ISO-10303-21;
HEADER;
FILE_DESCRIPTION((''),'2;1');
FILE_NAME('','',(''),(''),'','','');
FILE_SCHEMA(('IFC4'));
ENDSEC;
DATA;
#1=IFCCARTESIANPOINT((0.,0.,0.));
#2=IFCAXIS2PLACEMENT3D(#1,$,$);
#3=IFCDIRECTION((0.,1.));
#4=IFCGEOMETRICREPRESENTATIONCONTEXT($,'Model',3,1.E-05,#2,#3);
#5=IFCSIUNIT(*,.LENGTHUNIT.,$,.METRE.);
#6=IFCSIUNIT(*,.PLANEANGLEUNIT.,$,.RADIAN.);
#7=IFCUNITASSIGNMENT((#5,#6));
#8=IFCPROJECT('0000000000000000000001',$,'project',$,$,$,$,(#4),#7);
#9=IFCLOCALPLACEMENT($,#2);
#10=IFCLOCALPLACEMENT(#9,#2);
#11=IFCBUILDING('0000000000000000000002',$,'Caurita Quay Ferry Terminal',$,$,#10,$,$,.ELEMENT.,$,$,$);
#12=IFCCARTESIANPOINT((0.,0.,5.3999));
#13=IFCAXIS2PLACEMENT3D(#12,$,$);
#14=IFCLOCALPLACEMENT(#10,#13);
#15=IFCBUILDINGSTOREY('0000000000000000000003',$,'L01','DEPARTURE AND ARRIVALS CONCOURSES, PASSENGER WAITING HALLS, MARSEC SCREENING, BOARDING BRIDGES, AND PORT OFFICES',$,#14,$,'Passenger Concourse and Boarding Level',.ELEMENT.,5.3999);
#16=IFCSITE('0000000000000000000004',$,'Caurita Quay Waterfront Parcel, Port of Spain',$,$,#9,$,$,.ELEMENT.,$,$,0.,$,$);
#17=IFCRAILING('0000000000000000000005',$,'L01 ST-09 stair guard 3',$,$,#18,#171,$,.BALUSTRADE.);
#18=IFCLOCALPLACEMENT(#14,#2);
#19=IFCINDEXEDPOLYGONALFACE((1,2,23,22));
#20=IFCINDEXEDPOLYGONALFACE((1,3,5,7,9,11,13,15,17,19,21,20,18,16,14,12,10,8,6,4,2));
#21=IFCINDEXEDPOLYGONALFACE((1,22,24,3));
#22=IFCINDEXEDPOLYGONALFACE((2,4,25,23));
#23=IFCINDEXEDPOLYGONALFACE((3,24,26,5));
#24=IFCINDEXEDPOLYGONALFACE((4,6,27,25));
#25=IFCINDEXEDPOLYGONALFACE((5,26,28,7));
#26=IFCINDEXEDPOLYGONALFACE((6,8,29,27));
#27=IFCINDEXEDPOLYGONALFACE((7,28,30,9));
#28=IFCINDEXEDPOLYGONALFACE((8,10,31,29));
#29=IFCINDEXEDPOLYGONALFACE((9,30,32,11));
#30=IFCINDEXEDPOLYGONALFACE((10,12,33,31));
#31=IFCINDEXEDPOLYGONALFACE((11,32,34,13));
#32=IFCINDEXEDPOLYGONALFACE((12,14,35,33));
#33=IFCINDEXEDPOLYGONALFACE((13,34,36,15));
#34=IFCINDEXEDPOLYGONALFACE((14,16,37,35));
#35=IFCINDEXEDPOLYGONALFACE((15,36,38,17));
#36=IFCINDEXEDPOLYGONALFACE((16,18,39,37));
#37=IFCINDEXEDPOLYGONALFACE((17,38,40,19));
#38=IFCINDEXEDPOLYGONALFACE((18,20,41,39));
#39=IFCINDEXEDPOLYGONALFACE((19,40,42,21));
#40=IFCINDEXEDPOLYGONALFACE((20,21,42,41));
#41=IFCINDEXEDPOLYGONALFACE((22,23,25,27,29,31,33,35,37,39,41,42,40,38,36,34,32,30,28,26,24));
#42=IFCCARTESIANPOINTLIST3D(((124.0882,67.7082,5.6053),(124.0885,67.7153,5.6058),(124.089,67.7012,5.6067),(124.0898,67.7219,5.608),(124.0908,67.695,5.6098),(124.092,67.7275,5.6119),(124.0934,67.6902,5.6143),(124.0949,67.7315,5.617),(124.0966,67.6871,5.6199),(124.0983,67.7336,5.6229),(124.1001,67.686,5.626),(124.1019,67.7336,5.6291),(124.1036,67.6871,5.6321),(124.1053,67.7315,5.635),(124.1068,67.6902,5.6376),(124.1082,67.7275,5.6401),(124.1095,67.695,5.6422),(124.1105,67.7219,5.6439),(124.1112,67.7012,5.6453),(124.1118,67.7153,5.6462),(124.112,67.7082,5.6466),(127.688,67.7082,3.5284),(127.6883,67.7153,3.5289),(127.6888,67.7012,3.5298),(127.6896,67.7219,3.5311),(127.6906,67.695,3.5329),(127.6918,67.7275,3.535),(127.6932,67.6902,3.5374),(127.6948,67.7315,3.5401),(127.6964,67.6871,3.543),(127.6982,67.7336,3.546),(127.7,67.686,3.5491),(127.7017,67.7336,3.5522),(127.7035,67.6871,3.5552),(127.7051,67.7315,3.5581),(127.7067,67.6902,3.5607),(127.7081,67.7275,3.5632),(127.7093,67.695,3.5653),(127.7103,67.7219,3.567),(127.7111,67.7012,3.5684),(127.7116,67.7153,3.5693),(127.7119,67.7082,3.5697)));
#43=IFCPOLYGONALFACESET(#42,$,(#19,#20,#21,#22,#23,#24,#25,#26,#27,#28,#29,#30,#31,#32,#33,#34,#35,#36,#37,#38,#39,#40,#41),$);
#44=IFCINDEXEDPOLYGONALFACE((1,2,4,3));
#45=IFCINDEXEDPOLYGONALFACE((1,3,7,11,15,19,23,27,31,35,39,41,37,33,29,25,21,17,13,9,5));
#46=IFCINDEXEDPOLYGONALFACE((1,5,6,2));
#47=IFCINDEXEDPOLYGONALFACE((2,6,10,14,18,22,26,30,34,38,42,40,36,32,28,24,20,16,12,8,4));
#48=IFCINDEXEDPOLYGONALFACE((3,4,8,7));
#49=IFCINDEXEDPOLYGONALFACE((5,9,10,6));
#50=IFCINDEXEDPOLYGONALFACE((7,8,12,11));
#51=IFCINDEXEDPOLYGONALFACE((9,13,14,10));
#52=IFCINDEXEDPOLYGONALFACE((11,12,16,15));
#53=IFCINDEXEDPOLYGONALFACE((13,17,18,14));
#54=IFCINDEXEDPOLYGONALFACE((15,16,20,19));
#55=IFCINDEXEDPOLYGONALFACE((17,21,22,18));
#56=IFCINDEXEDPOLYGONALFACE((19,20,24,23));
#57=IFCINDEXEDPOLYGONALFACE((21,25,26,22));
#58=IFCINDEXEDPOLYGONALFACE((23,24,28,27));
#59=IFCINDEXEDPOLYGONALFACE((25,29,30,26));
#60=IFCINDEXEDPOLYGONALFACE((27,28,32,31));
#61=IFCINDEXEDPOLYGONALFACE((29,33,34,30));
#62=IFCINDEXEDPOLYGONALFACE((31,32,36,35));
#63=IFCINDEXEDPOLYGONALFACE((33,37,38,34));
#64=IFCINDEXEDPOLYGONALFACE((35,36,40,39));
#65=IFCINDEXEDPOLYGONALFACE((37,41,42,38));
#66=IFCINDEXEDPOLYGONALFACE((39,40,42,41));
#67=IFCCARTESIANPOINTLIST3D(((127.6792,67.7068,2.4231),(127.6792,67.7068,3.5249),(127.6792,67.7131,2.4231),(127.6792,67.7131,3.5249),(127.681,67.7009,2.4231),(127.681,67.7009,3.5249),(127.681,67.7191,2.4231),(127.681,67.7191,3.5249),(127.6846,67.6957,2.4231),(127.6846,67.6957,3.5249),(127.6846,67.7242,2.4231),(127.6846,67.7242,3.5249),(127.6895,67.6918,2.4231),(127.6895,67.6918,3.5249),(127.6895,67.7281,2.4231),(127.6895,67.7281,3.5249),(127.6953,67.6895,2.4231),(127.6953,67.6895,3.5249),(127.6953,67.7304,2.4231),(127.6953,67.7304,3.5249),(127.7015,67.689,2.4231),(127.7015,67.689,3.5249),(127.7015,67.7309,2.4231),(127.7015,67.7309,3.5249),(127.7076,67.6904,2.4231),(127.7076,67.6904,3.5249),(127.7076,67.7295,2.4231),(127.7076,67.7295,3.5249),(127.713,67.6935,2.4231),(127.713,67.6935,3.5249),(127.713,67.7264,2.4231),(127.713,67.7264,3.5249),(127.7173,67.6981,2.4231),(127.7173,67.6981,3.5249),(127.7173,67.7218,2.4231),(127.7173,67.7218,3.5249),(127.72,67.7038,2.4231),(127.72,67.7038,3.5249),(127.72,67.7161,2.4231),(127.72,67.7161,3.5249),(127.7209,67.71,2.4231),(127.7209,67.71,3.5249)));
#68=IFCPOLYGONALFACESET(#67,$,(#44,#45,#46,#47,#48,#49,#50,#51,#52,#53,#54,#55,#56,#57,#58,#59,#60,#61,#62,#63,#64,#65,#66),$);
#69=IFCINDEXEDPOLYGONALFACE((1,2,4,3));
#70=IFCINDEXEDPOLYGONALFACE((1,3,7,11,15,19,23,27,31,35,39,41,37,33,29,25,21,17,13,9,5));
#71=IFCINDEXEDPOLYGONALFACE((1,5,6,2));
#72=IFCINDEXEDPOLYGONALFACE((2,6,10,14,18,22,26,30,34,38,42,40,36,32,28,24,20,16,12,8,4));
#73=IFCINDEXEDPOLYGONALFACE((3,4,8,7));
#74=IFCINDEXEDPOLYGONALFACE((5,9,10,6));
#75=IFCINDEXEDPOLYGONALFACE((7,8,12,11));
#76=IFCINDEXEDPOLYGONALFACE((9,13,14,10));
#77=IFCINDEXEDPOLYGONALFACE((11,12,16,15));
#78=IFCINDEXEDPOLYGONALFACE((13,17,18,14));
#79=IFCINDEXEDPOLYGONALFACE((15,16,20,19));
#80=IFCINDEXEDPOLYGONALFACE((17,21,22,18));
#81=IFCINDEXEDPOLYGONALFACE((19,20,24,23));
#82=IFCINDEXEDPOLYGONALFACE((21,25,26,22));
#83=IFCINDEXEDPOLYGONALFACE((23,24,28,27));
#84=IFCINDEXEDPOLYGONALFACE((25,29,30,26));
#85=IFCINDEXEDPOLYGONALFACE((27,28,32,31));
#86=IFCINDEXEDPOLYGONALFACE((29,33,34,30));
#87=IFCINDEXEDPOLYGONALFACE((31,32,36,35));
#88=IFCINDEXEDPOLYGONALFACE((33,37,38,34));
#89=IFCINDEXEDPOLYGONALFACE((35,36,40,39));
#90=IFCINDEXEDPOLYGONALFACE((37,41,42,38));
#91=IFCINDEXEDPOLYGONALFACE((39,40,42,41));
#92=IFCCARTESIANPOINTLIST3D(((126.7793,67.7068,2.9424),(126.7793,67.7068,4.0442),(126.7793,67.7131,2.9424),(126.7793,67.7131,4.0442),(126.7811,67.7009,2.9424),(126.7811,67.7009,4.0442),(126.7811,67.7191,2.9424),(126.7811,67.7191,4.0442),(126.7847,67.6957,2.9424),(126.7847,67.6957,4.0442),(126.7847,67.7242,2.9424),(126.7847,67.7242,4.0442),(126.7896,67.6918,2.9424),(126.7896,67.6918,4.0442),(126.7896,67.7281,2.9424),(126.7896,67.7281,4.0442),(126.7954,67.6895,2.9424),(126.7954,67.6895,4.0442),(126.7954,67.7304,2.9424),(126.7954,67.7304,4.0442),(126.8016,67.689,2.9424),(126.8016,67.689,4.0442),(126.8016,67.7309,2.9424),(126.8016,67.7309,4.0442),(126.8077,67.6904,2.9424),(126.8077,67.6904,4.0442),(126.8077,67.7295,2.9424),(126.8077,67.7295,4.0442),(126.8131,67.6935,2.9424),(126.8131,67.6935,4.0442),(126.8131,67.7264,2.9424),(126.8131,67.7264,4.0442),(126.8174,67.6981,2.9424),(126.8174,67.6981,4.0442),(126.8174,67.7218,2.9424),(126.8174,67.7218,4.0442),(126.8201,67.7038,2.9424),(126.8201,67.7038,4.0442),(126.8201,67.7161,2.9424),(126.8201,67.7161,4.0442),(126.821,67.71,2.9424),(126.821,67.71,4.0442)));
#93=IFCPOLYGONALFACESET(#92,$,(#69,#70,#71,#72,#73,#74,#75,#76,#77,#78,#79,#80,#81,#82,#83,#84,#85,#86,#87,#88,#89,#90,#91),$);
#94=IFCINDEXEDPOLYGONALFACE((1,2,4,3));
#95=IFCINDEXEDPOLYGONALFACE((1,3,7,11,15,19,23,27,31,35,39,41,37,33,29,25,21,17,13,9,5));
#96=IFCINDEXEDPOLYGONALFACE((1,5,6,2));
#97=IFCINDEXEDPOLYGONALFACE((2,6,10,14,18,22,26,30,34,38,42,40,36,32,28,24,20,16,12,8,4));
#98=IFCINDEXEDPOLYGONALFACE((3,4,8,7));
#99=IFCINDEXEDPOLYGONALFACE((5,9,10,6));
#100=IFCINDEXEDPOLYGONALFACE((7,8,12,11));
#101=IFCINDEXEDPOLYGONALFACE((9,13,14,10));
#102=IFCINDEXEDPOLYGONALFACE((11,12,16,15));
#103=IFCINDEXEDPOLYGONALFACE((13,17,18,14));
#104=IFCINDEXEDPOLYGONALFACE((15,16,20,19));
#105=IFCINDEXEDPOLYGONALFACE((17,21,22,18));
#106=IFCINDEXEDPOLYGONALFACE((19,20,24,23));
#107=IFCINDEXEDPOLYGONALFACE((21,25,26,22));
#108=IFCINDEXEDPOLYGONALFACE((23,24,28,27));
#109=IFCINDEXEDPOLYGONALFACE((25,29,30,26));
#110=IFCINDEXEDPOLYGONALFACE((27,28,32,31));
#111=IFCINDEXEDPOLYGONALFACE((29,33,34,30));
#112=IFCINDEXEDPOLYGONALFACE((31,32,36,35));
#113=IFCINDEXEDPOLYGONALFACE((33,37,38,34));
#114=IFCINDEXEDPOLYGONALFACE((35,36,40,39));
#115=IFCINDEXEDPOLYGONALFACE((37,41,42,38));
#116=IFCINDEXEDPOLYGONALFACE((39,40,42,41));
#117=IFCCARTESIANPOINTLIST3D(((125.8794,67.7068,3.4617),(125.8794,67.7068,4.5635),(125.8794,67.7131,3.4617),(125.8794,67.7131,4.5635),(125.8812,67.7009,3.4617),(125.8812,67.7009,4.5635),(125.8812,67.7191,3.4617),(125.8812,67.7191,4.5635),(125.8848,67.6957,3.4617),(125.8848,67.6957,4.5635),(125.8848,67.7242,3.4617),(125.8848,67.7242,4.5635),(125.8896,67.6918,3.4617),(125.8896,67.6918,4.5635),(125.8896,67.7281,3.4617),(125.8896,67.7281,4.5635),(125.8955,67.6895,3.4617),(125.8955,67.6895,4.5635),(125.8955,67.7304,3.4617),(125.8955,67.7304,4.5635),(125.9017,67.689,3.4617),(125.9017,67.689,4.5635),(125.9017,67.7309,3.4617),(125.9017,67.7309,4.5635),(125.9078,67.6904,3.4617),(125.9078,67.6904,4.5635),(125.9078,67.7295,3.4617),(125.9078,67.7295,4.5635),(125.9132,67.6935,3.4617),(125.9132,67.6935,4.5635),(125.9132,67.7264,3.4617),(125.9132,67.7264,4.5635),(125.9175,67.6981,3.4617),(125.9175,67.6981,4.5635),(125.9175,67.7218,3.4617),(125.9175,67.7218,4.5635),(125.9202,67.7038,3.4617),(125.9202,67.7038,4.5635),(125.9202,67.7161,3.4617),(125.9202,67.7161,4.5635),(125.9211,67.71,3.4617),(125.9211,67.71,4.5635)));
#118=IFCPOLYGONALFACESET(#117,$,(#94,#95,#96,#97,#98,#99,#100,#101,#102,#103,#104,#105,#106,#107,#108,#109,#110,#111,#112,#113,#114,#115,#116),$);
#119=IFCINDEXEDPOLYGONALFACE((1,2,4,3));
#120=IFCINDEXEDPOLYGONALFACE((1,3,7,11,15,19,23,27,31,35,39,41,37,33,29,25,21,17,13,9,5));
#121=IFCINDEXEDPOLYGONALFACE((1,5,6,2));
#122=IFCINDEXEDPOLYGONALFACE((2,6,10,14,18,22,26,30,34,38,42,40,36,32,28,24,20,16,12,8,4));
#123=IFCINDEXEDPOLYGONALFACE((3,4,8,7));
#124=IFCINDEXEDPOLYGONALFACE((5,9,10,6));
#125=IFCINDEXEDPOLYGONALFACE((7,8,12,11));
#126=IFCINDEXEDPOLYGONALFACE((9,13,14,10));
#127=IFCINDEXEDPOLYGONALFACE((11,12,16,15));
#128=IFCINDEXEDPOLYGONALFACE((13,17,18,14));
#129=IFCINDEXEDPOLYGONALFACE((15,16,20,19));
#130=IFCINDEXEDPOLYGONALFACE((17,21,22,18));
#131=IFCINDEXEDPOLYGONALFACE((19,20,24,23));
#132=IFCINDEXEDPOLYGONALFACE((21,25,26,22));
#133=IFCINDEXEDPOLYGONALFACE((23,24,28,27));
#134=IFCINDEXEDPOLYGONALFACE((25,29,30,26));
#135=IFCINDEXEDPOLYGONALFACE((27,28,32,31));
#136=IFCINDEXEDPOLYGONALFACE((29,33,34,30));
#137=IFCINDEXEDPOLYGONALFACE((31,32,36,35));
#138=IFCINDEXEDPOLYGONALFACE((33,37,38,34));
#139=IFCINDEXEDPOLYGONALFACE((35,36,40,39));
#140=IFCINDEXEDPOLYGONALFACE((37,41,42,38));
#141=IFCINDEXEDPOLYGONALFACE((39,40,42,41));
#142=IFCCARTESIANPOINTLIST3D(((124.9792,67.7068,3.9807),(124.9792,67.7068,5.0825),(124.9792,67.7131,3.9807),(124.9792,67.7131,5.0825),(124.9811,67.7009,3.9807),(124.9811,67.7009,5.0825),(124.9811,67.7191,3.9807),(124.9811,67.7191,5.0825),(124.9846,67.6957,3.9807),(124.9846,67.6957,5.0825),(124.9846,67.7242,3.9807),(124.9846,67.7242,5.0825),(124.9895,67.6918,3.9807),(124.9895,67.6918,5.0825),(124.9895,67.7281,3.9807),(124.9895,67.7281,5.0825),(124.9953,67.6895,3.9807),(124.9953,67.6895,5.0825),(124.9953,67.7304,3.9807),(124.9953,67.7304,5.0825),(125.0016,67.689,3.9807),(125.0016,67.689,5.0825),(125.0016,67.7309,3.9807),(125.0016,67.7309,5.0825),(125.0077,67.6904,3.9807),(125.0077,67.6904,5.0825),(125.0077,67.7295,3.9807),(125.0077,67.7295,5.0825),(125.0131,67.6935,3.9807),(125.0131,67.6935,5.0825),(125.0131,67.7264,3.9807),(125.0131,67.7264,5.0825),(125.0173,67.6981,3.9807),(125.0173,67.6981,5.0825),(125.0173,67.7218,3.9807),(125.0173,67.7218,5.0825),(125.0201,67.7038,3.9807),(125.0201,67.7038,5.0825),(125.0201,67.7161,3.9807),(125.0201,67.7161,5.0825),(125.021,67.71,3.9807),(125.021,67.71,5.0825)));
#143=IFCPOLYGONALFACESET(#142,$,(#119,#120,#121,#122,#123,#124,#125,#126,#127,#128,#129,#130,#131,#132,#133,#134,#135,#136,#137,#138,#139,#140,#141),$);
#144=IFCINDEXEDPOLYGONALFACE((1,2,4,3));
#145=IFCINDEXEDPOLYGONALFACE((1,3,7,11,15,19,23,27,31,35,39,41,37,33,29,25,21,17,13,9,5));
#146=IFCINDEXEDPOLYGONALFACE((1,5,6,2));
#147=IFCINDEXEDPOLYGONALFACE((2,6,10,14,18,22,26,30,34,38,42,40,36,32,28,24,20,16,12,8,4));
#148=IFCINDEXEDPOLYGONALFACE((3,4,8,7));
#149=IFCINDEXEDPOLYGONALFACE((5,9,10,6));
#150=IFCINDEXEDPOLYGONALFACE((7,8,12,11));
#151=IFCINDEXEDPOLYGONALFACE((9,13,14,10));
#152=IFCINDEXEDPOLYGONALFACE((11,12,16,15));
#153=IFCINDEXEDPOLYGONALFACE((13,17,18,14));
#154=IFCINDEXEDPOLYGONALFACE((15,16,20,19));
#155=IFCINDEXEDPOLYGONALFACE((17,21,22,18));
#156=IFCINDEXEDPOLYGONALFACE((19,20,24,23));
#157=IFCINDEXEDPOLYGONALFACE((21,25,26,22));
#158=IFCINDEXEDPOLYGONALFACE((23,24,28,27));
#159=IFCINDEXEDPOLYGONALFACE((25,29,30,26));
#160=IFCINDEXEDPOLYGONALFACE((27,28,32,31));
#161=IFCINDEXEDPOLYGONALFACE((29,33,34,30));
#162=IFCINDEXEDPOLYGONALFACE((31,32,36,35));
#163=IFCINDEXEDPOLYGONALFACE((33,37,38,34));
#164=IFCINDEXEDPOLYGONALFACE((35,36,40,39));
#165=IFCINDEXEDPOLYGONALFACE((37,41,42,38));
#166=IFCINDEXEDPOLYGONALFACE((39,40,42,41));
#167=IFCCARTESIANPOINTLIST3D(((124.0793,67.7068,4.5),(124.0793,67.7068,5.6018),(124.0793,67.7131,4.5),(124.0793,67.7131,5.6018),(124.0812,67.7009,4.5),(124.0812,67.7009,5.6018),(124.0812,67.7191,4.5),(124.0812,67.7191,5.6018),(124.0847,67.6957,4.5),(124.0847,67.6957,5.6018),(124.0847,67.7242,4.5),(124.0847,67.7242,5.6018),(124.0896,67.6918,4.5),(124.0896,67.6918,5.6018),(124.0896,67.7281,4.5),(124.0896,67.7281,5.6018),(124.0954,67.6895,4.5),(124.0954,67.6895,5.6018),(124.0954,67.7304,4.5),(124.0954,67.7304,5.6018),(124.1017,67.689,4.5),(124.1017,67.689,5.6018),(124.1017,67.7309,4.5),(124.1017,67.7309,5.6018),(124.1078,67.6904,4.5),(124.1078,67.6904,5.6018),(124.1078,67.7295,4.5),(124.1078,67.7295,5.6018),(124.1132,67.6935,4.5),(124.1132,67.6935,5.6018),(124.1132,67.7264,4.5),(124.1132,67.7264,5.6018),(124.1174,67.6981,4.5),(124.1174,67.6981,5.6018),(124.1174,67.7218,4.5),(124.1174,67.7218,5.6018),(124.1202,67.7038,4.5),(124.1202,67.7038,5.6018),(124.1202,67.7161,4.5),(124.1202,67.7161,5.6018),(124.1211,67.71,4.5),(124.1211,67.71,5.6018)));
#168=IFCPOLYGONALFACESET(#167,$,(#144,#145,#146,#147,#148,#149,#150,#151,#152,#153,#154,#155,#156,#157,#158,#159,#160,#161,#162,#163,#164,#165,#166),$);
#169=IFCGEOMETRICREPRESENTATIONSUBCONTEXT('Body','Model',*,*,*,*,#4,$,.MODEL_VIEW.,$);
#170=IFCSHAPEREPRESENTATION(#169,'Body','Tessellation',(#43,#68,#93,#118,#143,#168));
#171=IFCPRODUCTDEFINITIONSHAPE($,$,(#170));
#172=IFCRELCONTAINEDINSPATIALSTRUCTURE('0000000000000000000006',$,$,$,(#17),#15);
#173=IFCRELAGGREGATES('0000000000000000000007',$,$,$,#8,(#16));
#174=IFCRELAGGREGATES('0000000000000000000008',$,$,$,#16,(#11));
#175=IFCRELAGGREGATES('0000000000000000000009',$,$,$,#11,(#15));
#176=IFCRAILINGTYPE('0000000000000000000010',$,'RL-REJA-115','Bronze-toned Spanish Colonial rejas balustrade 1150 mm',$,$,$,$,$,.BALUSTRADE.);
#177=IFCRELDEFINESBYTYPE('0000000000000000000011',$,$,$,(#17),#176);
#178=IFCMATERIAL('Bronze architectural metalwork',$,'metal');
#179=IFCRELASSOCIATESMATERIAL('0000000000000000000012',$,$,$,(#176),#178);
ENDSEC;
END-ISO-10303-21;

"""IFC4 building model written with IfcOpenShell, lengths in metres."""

from ifc_helpers import new_model, si_unit, direction, frame, origin, origin_2d, place, context, subcontext, project, spatial, circle, extrude, material, type_object, element, save


model = new_model("IFC4")

# Units and contexts
model_context = context("Model", 3, precision=1e-05, world=origin(), true_north=direction((0.0, 1.0)))
body_context = subcontext(model_context, "Body", "Model", "MODEL_VIEW")
ifc_project = project(units=[si_unit("LENGTHUNIT", "METRE"), si_unit("PLANEANGLEUNIT", "RADIAN")], contexts=[model_context])

# Site, building, storey
site_placement = place(None, origin())
site = spatial("IfcSite", under=ifc_project, at=site_placement, Name="Caurita Quay Waterfront Parcel, Port of Spain", CompositionType="ELEMENT", RefElevation=0.0)
building_placement = place(site_placement, origin())
building = spatial("IfcBuilding", under=site, at=building_placement, Name="Caurita Quay Ferry Terminal", CompositionType="ELEMENT")
storey_placement = place(building_placement, frame((0.0, 0.0, 5.3999)))
storey = spatial("IfcBuildingStorey", under=building, at=storey_placement, Name="L01", Description="DEPARTURE AND ARRIVALS CONCOURSES, PASSENGER WAITING HALLS, MARSEC SCREENING, BOARDING BRIDGES, AND PORT OFFICES", LongName="Passenger Concourse and Boarding Level", CompositionType="ELEMENT", Elevation=5.3999)

# Railing
ifc_material_1 = material(Name="Bronze architectural metalwork", Category="metal")
railing_type_1 = type_object("IfcRailingType", Name="RL-REJA-115", Description="Bronze-toned Spanish Colonial rejas balustrade 1150 mm", PredefinedType="BALUSTRADE", material=ifc_material_1)
railing_1_placement = place(storey_placement, frame((127.7, 67.71, 2.4231)))
element("IfcRailing", 1, at=railing_1_placement, inside=storey, type_object=railing_type_1, Name="L01 ST-09 stair guard 3", PredefinedType="BALUSTRADE", context=body_context, shape_type="SweptSolid", body=[
    extrude(circle(Radius=0.0239, at=origin_2d()), frame((0.0, 0.0, 1.126), z_axis=(-0.866179, 0.0, 0.499734), x_axis=(0.0, -1.0, 0.0)), (0.0, 0.0, 1.0), 4.156),
    extrude(circle(Radius=0.021, at=origin_2d()), origin(), (0.0, 0.0, 1.0), 1.1018),
    extrude(circle(Radius=0.021, at=origin_2d()), frame((-0.8999, 0.0, 0.5193)), (0.0, 0.0, 1.0), 1.1018),
    extrude(circle(Radius=0.021, at=origin_2d()), frame((-1.7998, 0.0, 1.0386)), (0.0, 0.0, 1.0), 1.1018),
    extrude(circle(Radius=0.021, at=origin_2d()), frame((-2.7, 0.0, 1.5576)), (0.0, 0.0, 1.0), 1.1018),
    extrude(circle(Radius=0.021, at=origin_2d()), frame((-3.5999, 0.0, 2.0769)), (0.0, 0.0, 1.0), 1.1018),
])

save(model, "model.ifc")
